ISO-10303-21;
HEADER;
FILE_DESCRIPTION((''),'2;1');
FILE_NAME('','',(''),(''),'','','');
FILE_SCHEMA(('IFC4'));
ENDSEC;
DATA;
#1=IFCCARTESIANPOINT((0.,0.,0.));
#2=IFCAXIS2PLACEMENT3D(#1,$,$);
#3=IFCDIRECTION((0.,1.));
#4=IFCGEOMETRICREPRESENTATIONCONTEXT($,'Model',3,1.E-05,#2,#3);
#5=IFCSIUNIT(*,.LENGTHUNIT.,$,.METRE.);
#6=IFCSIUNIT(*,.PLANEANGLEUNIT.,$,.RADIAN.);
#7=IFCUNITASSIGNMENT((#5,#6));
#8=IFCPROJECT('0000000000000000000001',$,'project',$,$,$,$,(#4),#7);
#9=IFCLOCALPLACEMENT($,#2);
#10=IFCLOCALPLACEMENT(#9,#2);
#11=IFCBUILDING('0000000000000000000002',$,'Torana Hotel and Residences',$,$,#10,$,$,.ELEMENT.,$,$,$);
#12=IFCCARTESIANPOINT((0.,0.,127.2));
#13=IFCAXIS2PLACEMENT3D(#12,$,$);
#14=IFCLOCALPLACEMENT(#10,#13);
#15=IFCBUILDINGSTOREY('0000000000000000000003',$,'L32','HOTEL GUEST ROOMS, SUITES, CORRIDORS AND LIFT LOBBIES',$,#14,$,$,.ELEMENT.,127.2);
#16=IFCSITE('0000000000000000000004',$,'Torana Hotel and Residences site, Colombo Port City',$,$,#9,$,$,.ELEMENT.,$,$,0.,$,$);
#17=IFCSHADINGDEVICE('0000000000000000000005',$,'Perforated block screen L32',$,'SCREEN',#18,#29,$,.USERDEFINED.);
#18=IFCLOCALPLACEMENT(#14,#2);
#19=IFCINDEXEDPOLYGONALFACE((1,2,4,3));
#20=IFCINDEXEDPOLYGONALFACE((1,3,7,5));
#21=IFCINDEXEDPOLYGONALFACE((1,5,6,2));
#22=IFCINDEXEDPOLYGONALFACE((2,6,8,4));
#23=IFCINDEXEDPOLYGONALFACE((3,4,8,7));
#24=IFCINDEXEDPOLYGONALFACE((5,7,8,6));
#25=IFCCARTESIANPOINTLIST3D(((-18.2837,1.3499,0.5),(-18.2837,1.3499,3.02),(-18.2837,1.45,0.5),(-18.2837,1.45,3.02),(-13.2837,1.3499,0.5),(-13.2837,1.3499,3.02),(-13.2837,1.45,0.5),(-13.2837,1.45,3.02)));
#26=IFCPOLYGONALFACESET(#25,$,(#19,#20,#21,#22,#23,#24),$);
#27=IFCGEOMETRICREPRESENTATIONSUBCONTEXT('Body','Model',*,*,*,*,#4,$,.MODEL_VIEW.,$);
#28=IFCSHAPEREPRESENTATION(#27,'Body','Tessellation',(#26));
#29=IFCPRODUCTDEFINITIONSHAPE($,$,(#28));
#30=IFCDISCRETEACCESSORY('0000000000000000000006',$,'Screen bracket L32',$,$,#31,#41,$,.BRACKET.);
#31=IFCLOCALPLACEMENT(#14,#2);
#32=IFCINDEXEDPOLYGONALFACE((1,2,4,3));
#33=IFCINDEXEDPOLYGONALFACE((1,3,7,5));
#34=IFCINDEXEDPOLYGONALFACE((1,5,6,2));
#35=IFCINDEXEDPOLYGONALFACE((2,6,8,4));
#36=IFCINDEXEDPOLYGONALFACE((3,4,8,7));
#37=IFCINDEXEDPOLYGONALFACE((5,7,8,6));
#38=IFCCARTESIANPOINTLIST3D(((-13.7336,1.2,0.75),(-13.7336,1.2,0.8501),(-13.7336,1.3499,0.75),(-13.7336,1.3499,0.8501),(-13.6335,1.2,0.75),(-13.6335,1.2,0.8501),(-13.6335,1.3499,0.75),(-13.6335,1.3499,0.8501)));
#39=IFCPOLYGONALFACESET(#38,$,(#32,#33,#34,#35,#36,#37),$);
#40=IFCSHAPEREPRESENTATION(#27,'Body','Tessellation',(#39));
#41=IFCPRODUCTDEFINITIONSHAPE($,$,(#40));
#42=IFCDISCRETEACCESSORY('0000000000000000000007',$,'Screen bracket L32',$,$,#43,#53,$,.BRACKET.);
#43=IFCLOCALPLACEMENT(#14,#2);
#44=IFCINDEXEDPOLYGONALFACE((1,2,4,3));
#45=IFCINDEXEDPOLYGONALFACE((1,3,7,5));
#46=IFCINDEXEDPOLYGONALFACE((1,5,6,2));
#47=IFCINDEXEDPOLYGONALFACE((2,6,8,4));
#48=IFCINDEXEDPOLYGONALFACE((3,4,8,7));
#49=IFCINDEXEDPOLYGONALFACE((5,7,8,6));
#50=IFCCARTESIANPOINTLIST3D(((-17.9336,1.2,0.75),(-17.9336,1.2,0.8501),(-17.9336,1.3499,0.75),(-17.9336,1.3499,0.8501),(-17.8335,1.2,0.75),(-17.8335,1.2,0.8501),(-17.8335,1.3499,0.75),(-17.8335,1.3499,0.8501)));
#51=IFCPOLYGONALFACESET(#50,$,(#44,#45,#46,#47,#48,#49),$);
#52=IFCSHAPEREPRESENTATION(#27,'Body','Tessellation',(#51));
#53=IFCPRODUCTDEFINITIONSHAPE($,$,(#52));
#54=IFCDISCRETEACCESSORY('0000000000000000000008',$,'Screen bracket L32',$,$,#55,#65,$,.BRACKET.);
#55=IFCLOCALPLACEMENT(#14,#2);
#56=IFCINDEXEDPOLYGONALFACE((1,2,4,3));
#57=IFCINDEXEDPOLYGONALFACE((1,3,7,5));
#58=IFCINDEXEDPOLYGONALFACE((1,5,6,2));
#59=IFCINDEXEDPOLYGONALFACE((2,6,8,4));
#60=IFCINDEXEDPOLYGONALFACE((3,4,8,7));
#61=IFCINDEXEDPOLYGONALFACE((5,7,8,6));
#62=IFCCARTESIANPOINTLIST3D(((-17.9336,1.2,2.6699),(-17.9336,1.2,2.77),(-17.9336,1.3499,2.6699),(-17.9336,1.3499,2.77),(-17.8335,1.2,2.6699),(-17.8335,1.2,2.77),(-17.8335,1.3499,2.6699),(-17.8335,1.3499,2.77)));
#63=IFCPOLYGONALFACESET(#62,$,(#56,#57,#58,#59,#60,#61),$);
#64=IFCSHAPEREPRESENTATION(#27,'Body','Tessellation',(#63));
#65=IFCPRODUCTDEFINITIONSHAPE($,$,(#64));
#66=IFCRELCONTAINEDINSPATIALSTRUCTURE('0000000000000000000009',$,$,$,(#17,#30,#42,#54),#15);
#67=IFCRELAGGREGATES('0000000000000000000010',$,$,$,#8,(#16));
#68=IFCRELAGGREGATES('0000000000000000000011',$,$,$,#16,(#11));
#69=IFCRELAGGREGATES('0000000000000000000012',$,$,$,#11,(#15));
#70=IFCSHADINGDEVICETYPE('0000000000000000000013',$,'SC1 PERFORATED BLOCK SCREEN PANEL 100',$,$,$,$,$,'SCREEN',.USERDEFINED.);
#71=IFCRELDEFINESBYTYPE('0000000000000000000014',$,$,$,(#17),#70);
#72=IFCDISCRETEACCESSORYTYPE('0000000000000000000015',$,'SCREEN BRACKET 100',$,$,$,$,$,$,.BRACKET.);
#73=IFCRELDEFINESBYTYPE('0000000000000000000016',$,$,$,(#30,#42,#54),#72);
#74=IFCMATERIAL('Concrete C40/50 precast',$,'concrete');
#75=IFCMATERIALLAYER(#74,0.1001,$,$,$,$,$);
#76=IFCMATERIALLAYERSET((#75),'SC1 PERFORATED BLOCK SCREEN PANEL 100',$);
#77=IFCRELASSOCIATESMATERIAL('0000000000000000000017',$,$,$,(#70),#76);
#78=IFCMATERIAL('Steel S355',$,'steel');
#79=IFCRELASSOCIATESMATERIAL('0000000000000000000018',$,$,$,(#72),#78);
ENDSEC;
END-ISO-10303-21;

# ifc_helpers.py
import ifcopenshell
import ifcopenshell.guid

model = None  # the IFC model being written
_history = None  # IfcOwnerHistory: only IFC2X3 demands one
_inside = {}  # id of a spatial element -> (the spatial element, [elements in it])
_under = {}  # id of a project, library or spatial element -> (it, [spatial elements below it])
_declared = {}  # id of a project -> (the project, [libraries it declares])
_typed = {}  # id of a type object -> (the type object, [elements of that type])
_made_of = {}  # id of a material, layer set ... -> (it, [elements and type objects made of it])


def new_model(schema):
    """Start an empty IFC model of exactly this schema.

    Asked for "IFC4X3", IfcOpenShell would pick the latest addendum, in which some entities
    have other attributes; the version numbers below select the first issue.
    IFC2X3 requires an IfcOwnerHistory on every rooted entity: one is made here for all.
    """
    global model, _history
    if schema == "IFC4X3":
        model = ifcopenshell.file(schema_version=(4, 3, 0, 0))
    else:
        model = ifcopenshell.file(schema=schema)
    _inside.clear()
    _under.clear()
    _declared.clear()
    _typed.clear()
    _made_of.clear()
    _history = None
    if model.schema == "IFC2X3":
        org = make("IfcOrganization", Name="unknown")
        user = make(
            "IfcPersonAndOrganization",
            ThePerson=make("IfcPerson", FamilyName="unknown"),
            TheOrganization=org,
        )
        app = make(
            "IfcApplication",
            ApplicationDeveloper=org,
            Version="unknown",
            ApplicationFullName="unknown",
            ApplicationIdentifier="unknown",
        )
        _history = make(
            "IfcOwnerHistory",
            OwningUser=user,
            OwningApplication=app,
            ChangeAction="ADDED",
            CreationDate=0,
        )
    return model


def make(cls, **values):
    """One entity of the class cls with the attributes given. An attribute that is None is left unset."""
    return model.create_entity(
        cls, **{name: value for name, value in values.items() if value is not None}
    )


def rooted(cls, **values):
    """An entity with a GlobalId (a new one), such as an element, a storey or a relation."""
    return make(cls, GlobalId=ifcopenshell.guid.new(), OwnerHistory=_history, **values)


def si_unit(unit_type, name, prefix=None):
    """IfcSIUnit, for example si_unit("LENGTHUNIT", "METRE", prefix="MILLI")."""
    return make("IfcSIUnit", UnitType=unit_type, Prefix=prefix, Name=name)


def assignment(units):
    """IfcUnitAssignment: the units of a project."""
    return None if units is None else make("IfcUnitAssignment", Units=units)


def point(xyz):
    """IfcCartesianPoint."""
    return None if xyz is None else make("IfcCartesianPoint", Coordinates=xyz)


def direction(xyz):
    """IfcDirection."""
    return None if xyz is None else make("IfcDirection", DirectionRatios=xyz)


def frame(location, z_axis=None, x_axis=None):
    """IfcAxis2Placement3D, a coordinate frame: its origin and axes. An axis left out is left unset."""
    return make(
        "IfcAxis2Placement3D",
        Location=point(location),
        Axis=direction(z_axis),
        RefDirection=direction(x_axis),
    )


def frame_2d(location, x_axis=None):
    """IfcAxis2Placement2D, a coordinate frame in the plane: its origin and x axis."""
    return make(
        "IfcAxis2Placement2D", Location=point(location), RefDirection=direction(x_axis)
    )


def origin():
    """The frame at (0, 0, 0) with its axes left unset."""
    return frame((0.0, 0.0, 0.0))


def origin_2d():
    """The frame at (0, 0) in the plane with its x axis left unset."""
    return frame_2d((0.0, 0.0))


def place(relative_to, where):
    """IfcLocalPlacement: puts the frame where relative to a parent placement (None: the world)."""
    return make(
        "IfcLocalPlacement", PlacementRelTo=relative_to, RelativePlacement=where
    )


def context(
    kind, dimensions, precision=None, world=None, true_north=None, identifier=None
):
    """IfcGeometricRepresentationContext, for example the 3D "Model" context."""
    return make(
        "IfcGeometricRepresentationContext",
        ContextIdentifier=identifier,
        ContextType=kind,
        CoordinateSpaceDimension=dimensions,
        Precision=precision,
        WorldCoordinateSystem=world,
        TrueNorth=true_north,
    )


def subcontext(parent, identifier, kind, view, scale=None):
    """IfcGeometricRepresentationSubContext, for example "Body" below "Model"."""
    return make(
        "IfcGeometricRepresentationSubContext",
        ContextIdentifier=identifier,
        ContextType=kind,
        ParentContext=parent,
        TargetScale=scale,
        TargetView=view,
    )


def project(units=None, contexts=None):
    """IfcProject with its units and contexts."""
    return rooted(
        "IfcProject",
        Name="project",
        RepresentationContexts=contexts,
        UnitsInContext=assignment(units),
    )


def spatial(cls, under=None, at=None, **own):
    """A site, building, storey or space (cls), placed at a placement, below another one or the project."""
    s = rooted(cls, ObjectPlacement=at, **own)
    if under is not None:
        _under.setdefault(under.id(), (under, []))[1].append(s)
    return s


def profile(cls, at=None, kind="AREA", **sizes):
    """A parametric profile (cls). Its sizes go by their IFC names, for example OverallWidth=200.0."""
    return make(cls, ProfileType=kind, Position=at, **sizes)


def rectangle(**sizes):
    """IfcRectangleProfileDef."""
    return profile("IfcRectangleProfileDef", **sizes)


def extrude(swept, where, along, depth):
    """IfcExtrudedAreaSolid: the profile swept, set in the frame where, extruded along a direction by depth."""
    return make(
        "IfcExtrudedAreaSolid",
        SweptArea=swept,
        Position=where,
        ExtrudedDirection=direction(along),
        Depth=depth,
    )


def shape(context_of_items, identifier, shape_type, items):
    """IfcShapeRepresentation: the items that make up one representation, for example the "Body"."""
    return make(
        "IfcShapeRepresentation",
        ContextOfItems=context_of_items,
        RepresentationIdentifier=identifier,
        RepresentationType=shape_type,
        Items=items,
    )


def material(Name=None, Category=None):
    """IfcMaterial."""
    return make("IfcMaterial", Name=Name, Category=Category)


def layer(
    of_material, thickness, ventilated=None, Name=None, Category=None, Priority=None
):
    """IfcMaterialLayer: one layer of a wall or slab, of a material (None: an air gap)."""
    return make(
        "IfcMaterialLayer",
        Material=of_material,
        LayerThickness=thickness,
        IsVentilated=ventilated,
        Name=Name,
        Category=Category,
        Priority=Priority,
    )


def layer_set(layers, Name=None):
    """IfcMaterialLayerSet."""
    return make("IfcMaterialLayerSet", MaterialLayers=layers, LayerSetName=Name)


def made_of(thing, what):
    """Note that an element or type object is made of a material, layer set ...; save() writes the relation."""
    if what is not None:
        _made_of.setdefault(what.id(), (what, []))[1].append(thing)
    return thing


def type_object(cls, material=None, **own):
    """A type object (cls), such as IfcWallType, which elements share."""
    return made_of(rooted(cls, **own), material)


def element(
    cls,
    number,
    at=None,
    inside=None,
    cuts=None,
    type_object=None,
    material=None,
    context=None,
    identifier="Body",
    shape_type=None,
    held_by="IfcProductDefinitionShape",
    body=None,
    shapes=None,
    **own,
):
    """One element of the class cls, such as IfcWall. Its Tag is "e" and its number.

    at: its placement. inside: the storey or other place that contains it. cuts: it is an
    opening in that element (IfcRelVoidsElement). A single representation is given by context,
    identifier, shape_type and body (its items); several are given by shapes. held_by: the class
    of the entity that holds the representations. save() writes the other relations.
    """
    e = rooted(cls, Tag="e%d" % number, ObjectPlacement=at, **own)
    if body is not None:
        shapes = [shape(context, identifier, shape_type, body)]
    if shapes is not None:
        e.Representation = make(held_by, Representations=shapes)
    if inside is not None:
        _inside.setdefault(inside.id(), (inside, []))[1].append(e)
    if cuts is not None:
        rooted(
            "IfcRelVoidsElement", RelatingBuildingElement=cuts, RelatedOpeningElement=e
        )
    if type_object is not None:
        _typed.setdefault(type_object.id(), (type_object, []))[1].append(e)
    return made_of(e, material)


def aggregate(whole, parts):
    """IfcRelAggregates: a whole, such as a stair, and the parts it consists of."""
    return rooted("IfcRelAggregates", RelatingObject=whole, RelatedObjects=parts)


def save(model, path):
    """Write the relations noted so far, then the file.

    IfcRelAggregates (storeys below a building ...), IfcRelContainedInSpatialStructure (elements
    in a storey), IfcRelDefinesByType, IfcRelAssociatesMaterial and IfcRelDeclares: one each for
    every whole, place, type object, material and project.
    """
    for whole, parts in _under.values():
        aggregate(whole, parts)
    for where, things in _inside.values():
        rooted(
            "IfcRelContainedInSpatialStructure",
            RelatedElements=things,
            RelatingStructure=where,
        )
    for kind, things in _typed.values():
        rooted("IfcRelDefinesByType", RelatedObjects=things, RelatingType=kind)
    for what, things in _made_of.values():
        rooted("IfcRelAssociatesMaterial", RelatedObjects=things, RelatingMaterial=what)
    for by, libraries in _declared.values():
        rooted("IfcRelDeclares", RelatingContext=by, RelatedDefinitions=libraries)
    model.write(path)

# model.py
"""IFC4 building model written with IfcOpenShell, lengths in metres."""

from ifc_helpers import new_model, si_unit, direction, frame, origin, origin_2d, place, context, subcontext, project, spatial, rectangle, extrude, material, layer, layer_set, type_object, element, save


model = new_model("IFC4")

# Units and contexts
model_context = context("Model", 3, precision=1e-05, world=origin(), true_north=direction((0.0, 1.0)))
body_context = subcontext(model_context, "Body", "Model", "MODEL_VIEW")
ifc_project = project(units=[si_unit("LENGTHUNIT", "METRE"), si_unit("PLANEANGLEUNIT", "RADIAN")], contexts=[model_context])

# Site, building, storey
site_placement = place(None, origin())
site = spatial("IfcSite", under=ifc_project, at=site_placement, Name="Torana Hotel and Residences site, Colombo Port City", CompositionType="ELEMENT", RefElevation=0.0)
building_placement = place(site_placement, origin())
building = spatial("IfcBuilding", under=site, at=building_placement, Name="Torana Hotel and Residences", CompositionType="ELEMENT")
storey_placement = place(building_placement, frame((0.0, 0.0, 127.2)))
storey = spatial("IfcBuildingStorey", under=building, at=storey_placement, Name="L32", Description="HOTEL GUEST ROOMS, SUITES, CORRIDORS AND LIFT LOBBIES", CompositionType="ELEMENT", Elevation=127.2)

# Shading device
ifc_material_1 = material(Name="Concrete C40/50 precast", Category="concrete")
ifc_layer_1 = layer(ifc_material_1, 0.1001)
ifc_layer_set_1 = layer_set([ifc_layer_1], Name="SC1 PERFORATED BLOCK SCREEN PANEL 100")
shading_device_type = type_object("IfcShadingDeviceType", Name="SC1 PERFORATED BLOCK SCREEN PANEL 100", ElementType="SCREEN", PredefinedType="USERDEFINED", material=ifc_layer_set_1)
shading_device_placement = place(storey_placement, frame((-15.7837, 1.3999, 0.5), z_axis=(0.0, 0.0, 1.0), x_axis=(-1.0, 0.0, 0.0)))
element("IfcShadingDevice", 1, at=shading_device_placement, inside=storey, type_object=shading_device_type, Name="Perforated block screen L32", ObjectType="SCREEN", PredefinedType="USERDEFINED", context=body_context, shape_type="SweptSolid", body=[
    extrude(rectangle(XDim=5.0, YDim=0.1001, at=origin_2d()), origin(), (0.0, 0.0, 1.0), 2.52),
])

# Discrete accessories
ifc_material_2 = material(Name="Steel S355", Category="steel")
discrete_accessory_type = type_object("IfcDiscreteAccessoryType", Name="SCREEN BRACKET 100", PredefinedType="BRACKET", material=ifc_material_2)
for number, where, z_axis, x_axis, name in (
    (2, (-13.6836, 1.2749, 0.75), (0.0, 0.0, 1.0), (-1.0, 0.0, 0.0), "Screen bracket L32"),
    (3, (-17.8835, 1.2749, 0.75), (0.0, 0.0, 1.0), (-1.0, 0.0, 0.0), "Screen bracket L32"),
    (4, (-17.8835, 1.2749, 2.6699), (0.0, 0.0, 1.0), (-1.0, 0.0, 0.0), "Screen bracket L32"),
):
    element("IfcDiscreteAccessory", number, at=place(storey_placement, frame(where, z_axis=z_axis, x_axis=x_axis)), inside=storey, type_object=discrete_accessory_type, Name=name, PredefinedType="BRACKET", context=body_context, shape_type="SweptSolid", body=[
        extrude(rectangle(XDim=0.1001, YDim=0.1499, at=origin_2d()), origin(), (0.0, 0.0, 1.0), 0.1001),
    ])

save(model, "model.ifc")
